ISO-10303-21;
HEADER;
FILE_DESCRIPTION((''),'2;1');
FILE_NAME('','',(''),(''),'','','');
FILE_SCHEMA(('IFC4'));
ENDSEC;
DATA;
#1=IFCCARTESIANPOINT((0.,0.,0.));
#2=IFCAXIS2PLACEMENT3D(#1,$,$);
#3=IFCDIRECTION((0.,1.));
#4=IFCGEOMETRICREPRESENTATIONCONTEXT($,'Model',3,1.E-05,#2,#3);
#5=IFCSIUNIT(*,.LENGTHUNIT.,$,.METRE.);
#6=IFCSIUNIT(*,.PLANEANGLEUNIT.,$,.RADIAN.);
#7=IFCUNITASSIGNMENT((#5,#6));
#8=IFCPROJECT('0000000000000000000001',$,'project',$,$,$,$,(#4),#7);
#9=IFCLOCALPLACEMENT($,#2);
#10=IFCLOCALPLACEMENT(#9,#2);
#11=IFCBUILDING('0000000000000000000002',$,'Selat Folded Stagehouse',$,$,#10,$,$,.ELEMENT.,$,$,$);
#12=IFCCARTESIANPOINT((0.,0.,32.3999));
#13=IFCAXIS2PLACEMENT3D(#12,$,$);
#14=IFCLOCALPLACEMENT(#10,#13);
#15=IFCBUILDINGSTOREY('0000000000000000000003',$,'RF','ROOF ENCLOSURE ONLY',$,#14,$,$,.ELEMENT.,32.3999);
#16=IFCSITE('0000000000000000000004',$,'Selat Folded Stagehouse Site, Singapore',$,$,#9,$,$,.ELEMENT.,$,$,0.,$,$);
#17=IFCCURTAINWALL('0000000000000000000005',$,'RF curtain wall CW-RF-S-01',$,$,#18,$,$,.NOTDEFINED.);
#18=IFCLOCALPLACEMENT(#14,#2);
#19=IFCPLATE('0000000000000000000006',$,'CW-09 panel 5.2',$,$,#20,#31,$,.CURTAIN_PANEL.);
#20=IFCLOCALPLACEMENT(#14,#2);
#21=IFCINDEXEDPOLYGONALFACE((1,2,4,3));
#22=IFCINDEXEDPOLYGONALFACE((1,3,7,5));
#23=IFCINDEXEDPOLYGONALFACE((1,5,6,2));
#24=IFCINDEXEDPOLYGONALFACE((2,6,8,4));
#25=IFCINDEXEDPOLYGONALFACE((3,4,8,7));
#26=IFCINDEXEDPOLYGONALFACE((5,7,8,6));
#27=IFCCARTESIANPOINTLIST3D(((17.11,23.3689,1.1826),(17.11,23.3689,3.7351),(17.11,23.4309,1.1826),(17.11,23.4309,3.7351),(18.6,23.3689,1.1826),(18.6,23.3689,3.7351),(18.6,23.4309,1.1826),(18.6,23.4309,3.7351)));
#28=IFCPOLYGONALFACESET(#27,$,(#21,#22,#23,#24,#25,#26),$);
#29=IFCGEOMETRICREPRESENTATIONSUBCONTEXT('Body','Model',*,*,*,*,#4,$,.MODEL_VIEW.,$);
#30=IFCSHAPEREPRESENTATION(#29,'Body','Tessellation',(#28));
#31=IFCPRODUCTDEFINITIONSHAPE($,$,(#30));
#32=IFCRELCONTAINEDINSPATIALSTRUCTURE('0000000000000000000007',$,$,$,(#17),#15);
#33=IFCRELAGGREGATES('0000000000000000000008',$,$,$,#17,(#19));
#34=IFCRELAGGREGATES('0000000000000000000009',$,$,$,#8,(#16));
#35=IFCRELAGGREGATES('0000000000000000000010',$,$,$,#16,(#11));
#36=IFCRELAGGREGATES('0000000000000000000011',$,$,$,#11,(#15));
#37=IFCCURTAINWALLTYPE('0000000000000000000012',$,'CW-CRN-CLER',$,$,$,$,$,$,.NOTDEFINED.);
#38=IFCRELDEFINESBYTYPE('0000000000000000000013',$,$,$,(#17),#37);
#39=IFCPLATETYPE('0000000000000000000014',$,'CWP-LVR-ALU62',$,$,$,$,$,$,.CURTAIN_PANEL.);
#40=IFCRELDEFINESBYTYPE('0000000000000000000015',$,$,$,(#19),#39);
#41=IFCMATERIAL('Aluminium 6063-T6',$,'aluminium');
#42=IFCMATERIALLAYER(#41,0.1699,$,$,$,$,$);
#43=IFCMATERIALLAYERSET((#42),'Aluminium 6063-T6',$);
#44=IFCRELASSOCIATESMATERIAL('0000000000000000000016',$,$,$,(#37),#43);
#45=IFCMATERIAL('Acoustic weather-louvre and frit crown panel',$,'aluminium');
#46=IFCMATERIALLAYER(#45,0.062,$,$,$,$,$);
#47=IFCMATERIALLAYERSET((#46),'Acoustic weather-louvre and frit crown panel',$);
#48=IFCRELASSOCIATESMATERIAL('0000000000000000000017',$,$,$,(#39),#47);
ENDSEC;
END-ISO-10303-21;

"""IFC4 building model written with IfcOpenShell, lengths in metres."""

from ifc_helpers import new_model, si_unit, direction, frame, origin, origin_2d, place, context, subcontext, project, spatial, rectangle, extrude, material, layer, layer_set, type_object, element, aggregate, save


model = new_model("IFC4")

# Units and contexts
model_context = context("Model", 3, precision=1e-05, world=origin(), true_north=direction((0.0, 1.0)))
body_context = subcontext(model_context, "Body", "Model", "MODEL_VIEW")
ifc_project = project(units=[si_unit("LENGTHUNIT", "METRE"), si_unit("PLANEANGLEUNIT", "RADIAN")], contexts=[model_context])

# Site, building, storey
site_placement = place(None, origin())
site = spatial("IfcSite", under=ifc_project, at=site_placement, Name="Selat Folded Stagehouse Site, Singapore", CompositionType="ELEMENT", RefElevation=0.0)
building_placement = place(site_placement, origin())
building = spatial("IfcBuilding", under=site, at=building_placement, Name="Selat Folded Stagehouse", CompositionType="ELEMENT")
storey_placement = place(building_placement, frame((0.0, 0.0, 32.3999)))
storey = spatial("IfcBuildingStorey", under=building, at=storey_placement, Name="RF", Description="ROOF ENCLOSURE ONLY", CompositionType="ELEMENT", Elevation=32.3999)

# Curtain wall, plate
ifc_material_1 = material(Name="Aluminium 6063-T6", Category="aluminium")
ifc_layer_1 = layer(ifc_material_1, 0.1699)
ifc_layer_set_1 = layer_set([ifc_layer_1], Name="Aluminium 6063-T6")
curtain_wall_type = type_object("IfcCurtainWallType", Name="CW-CRN-CLER", PredefinedType="NOTDEFINED", material=ifc_layer_set_1)
curtain_wall_placement = place(storey_placement, origin())
curtain_wall = element("IfcCurtainWall", 1, at=curtain_wall_placement, inside=storey, type_object=curtain_wall_type, Name="RF curtain wall CW-RF-S-01", PredefinedType="NOTDEFINED")
ifc_material_2 = material(Name="Acoustic weather-louvre and frit crown panel", Category="aluminium")
ifc_layer_2 = layer(ifc_material_2, 0.062)
ifc_layer_set_2 = layer_set([ifc_layer_2], Name="Acoustic weather-louvre and frit crown panel")
plate_type = type_object("IfcPlateType", Name="CWP-LVR-ALU62", PredefinedType="CURTAIN_PANEL", material=ifc_layer_set_2)
plate_1_placement = place(storey_placement, frame((17.855, 23.3999, 1.1826), z_axis=(0.0, 0.0, 1.0), x_axis=(-1.0, 0.0, 0.0)))
plate_1 = element("IfcPlate", 2, at=plate_1_placement, type_object=plate_type, Name="CW-09 panel 5.2", PredefinedType="CURTAIN_PANEL", context=body_context, shape_type="SweptSolid", body=[
    extrude(rectangle(XDim=1.49, YDim=0.062, at=origin_2d()), origin(), (0.0, 0.0, 1.0), 2.5525),
])
aggregate(curtain_wall, [plate_1])

save(model, "model.ifc")
